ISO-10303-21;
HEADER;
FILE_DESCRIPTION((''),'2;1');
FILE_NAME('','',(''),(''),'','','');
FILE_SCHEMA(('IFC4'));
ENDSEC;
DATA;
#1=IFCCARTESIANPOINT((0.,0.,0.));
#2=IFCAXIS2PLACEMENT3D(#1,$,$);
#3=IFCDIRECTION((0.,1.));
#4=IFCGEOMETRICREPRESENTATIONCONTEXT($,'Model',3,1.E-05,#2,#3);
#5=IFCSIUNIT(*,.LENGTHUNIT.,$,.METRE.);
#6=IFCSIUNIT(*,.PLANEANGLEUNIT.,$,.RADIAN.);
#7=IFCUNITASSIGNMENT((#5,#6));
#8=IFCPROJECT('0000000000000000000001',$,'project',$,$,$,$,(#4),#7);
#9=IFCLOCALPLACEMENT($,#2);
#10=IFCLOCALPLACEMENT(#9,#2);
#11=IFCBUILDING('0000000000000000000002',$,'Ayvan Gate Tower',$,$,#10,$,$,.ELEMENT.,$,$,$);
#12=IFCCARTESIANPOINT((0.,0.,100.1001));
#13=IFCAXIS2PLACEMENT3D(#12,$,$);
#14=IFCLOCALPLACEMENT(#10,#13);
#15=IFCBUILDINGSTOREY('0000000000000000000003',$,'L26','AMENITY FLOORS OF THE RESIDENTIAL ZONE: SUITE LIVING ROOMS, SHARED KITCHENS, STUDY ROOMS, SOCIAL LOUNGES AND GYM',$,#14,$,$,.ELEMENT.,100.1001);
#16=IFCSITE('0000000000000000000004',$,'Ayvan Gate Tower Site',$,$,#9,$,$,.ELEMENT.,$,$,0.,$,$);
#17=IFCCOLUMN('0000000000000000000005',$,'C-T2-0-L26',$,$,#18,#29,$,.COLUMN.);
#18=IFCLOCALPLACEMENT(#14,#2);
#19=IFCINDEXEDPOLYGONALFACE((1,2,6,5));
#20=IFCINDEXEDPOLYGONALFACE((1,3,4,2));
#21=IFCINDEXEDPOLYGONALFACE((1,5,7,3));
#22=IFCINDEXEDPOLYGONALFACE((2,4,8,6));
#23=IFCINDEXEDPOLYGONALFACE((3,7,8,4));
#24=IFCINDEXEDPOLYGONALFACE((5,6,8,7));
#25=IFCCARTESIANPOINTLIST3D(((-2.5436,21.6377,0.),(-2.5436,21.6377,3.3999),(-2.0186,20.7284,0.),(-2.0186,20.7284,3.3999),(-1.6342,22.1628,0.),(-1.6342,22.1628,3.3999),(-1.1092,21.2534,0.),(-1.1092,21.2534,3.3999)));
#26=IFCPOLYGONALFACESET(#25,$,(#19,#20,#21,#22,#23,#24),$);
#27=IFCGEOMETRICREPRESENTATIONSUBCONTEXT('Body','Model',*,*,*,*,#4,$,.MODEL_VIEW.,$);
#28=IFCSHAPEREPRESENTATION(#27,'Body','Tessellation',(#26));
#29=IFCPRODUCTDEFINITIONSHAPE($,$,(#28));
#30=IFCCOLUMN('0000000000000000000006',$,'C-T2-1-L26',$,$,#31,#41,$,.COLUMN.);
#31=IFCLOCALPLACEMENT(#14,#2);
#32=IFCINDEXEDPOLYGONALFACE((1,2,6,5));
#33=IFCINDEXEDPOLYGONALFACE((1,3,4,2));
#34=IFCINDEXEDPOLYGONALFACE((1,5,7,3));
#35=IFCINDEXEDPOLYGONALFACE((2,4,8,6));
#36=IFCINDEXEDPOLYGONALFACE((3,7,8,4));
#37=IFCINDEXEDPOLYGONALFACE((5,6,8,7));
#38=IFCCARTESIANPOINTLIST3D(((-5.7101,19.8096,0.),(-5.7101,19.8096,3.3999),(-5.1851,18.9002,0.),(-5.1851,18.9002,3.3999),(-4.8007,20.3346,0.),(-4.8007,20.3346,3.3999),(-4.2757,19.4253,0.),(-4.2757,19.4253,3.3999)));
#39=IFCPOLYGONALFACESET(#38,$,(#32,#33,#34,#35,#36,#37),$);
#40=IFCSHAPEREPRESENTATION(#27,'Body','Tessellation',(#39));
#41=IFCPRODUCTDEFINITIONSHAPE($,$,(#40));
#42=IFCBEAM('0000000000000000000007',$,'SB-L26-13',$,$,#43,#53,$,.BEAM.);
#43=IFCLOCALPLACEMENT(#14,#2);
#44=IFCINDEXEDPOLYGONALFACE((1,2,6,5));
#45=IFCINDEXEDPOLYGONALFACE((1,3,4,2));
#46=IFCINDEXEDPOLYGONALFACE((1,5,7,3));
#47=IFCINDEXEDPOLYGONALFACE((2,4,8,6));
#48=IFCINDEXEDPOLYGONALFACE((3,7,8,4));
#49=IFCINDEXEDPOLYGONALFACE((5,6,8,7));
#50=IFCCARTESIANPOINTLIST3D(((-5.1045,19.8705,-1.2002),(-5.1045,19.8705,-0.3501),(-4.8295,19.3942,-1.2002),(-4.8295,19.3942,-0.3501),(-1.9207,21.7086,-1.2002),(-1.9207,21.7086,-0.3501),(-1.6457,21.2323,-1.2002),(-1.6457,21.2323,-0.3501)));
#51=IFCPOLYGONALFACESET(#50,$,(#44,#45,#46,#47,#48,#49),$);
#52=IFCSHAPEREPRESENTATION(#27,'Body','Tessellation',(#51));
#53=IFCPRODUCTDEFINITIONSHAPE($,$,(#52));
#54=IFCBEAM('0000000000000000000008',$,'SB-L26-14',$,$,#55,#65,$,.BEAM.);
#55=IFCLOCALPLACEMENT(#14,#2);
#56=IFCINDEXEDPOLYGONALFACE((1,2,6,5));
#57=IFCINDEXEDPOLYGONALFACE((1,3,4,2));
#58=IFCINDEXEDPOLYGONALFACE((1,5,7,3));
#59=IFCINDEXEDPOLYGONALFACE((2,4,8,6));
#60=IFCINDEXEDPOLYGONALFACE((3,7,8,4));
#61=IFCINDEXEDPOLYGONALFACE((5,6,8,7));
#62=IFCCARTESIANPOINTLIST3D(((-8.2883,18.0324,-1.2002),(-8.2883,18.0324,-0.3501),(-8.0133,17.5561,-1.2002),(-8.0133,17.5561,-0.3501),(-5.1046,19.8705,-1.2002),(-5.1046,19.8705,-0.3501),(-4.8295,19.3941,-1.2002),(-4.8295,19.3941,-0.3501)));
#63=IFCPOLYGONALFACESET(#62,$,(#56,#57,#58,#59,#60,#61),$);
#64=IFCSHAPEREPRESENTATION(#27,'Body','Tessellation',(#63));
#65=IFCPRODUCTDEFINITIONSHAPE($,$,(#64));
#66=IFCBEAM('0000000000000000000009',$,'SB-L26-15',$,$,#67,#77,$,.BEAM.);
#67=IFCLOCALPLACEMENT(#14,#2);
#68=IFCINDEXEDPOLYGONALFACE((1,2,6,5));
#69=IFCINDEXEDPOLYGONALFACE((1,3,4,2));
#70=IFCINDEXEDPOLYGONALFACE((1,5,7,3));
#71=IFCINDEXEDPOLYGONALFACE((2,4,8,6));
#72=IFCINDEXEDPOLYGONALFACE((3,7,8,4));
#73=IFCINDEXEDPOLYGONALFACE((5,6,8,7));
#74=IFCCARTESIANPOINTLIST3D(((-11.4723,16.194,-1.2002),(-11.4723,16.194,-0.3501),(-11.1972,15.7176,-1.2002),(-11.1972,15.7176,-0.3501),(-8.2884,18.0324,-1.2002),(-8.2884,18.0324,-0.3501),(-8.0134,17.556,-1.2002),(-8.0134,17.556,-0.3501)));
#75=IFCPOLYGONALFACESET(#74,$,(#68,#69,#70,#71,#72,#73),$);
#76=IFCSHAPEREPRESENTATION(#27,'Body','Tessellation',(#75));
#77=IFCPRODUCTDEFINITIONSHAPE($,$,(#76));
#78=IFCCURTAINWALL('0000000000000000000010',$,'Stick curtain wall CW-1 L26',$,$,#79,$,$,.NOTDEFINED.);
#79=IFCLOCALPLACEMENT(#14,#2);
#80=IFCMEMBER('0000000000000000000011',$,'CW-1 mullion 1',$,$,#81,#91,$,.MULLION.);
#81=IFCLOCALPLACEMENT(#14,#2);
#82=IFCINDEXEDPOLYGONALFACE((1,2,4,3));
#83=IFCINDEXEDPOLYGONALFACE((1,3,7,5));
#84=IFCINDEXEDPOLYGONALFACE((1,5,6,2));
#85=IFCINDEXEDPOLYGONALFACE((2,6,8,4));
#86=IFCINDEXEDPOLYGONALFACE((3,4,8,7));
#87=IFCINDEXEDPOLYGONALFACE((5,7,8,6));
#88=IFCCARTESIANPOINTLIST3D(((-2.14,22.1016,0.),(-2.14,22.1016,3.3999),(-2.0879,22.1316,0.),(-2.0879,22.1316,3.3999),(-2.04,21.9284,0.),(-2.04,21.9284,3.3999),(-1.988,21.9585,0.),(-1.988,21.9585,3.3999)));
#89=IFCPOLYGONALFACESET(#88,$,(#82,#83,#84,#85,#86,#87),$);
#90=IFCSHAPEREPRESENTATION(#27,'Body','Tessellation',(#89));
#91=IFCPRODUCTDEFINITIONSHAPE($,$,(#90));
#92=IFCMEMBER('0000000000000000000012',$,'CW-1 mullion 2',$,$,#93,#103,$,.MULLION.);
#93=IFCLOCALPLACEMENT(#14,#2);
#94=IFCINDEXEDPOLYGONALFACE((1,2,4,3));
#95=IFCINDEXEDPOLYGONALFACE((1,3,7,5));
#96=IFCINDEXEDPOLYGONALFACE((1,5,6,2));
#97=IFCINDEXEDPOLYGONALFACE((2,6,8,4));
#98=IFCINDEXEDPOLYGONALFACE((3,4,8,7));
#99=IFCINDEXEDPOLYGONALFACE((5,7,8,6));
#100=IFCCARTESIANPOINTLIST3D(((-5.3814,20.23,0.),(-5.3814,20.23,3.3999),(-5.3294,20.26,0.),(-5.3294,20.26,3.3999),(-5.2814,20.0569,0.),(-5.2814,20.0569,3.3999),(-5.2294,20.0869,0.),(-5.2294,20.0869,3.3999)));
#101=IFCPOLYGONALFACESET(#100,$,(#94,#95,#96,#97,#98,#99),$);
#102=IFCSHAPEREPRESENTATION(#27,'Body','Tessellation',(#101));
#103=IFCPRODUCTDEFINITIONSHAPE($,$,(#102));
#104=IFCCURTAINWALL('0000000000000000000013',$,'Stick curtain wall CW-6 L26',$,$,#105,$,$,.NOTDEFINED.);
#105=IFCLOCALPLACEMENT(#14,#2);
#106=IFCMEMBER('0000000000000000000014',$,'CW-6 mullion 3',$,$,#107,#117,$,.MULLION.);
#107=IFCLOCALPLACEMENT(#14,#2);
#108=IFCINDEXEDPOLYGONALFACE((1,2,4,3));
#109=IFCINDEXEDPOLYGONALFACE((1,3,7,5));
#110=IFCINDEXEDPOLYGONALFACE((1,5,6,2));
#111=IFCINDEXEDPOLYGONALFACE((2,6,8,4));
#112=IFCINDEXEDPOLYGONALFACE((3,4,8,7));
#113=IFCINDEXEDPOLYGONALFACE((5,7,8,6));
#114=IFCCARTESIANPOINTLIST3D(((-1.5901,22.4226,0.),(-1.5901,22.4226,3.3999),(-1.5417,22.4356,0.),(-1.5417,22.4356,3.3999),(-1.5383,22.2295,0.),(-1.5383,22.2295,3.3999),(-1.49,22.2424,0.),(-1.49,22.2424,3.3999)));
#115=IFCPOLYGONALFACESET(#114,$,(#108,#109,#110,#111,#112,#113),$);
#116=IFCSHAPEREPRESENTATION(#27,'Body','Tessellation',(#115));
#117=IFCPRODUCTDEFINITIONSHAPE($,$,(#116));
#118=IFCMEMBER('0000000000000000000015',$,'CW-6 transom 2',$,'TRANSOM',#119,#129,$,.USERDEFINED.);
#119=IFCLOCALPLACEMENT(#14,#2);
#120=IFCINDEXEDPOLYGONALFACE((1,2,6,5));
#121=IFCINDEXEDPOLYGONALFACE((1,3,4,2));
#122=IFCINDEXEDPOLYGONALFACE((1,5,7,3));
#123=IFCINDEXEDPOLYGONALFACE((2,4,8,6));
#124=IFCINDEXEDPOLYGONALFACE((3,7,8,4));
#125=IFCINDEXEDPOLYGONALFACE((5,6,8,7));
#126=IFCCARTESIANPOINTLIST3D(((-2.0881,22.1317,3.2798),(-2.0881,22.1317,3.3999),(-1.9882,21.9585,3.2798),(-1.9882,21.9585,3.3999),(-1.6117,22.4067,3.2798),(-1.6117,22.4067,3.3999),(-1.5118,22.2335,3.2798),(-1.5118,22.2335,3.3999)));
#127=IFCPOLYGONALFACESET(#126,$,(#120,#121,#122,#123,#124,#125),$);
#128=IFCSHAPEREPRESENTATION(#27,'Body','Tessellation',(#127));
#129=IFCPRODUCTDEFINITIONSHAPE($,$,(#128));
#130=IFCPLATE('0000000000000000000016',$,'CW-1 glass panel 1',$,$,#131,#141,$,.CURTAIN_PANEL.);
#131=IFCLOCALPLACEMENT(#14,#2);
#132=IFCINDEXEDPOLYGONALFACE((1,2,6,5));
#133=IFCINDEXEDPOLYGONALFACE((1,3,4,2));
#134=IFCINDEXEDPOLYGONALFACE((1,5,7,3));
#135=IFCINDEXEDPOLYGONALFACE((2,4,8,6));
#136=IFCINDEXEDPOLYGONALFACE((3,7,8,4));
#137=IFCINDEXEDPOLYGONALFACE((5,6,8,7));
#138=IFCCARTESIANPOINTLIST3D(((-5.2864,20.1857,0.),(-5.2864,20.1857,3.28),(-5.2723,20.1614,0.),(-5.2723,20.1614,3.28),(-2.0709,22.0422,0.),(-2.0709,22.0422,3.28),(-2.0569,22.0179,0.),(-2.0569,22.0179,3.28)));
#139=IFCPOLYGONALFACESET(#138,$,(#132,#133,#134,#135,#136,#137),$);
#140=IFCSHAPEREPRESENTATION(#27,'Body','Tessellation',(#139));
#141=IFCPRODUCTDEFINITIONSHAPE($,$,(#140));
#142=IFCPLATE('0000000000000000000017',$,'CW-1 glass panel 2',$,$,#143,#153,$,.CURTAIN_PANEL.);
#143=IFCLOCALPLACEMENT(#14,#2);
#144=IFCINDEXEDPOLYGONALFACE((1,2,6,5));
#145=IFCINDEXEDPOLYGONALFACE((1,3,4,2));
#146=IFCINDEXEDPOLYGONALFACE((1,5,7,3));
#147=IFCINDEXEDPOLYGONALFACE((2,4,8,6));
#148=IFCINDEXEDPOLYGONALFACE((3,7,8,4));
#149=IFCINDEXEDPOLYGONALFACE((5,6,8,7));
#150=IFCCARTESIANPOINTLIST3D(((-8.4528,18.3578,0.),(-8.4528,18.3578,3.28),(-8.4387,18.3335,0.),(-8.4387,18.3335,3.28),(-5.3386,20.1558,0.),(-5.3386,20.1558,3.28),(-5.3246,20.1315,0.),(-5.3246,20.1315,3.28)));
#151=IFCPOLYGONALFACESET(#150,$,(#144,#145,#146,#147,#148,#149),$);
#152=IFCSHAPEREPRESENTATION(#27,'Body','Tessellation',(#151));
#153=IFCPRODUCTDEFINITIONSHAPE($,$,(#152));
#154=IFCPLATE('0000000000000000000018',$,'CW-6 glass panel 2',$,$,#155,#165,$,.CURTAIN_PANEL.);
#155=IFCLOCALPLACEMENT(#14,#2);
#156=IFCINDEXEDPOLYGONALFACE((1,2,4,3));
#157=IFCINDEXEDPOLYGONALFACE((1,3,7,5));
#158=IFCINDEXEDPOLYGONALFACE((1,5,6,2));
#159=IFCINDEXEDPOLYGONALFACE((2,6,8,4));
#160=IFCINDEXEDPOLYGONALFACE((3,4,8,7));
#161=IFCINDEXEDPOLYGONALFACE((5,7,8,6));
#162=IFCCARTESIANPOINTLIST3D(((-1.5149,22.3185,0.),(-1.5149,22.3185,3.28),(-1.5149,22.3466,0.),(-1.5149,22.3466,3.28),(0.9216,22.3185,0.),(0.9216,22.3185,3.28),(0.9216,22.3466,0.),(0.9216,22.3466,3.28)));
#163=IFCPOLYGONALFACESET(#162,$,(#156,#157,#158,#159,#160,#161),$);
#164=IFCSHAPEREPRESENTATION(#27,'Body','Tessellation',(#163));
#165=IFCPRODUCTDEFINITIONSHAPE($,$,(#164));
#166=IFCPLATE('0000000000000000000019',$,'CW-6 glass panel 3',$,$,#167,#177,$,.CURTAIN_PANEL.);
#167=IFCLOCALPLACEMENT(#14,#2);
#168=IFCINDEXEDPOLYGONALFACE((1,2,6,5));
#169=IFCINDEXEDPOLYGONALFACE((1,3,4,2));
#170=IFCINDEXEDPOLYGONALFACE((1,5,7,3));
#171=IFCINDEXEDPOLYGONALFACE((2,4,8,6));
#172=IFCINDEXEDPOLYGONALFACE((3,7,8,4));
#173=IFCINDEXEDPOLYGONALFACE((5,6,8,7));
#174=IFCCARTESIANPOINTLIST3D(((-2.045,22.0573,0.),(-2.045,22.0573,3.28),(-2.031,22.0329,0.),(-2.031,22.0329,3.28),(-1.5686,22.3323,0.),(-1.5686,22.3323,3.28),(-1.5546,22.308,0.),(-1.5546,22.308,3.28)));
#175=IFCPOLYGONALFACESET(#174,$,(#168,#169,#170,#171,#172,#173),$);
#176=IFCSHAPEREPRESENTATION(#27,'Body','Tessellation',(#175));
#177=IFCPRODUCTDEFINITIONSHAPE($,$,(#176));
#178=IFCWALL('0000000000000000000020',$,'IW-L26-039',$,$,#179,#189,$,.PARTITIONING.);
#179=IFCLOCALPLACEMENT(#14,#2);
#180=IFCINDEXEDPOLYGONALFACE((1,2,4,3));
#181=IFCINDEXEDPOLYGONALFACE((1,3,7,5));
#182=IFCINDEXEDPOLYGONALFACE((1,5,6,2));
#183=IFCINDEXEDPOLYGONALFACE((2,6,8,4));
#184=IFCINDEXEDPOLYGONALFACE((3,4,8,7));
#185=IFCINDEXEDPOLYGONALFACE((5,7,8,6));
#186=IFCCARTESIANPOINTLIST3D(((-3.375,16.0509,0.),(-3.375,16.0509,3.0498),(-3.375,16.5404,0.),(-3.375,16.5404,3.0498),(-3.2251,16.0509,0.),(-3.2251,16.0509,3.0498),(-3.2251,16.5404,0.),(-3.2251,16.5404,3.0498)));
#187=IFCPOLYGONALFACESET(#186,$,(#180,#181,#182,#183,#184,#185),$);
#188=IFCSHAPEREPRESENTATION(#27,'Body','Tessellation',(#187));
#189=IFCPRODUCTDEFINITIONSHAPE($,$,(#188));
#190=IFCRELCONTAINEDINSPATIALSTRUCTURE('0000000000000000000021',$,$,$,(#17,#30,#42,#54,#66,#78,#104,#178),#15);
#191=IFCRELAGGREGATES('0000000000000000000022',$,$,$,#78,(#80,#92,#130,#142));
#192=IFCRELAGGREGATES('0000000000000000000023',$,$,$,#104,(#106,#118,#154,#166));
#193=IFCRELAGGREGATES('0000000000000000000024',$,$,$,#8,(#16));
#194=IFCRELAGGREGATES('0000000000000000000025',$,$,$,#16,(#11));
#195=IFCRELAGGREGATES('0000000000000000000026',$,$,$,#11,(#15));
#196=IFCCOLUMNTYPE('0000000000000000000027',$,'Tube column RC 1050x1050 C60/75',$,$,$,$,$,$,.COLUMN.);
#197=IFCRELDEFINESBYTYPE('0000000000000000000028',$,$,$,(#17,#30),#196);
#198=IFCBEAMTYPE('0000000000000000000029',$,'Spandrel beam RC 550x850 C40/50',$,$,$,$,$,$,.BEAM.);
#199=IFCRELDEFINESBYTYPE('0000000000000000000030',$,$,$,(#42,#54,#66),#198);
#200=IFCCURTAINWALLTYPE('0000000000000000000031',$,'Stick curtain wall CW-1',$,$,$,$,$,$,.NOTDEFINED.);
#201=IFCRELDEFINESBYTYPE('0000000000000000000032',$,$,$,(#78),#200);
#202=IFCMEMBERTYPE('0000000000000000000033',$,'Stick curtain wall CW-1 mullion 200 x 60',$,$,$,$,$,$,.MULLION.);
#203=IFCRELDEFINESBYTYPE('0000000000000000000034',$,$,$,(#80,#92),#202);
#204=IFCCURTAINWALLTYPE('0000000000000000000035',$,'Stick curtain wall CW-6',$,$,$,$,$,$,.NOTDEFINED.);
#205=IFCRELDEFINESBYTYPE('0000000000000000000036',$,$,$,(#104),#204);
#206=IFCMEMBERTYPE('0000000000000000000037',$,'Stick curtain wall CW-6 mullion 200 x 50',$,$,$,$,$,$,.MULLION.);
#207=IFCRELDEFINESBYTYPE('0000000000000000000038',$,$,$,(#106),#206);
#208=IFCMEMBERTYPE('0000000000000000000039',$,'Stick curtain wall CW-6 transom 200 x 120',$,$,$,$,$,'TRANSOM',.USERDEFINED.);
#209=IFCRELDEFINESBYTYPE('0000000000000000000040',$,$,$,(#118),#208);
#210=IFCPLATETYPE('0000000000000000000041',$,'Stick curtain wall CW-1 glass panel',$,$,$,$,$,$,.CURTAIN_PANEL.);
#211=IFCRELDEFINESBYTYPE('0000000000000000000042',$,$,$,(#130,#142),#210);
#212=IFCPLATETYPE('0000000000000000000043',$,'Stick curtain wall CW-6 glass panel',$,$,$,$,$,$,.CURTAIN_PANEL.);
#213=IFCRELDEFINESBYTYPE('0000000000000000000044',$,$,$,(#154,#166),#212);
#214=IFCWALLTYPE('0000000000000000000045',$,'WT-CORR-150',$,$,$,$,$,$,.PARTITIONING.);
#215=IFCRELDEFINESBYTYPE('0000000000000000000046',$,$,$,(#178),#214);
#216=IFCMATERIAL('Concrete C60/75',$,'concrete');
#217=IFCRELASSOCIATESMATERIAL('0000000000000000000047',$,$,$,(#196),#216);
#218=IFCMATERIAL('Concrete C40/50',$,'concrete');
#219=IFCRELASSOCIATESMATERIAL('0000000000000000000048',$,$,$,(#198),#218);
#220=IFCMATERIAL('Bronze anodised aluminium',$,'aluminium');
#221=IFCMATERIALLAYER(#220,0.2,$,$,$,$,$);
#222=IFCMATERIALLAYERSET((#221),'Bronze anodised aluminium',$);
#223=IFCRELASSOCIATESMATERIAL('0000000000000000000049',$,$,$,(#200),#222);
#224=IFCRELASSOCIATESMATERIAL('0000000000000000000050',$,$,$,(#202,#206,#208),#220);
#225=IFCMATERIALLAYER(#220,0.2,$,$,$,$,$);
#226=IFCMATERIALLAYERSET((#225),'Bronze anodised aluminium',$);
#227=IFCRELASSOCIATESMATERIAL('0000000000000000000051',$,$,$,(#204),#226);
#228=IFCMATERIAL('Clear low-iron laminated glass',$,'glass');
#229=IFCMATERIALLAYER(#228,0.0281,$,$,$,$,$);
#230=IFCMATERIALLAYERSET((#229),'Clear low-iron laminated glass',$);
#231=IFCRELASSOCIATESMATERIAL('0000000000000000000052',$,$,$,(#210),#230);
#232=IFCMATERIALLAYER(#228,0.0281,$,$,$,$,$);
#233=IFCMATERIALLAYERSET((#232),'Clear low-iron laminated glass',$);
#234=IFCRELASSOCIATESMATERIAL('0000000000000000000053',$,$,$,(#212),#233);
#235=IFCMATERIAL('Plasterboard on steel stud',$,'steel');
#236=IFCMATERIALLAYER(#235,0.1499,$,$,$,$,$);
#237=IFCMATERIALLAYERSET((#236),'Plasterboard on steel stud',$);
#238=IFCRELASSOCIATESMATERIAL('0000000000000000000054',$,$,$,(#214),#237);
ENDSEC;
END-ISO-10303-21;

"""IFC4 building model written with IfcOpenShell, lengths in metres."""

from ifc_helpers import new_model, si_unit, direction, frame, frame_2d, origin, origin_2d, place, context, subcontext, project, spatial, rectangle, extrude, material, layer, layer_set, material_profile, profile_set, type_object, element, aggregate, save


model = new_model("IFC4")

# Units and contexts
model_context = context("Model", 3, precision=1e-05, world=origin(), true_north=direction((0.0, 1.0)))
body_context = subcontext(model_context, "Body", "Model", "MODEL_VIEW")
ifc_project = project(units=[si_unit("LENGTHUNIT", "METRE"), si_unit("PLANEANGLEUNIT", "RADIAN")], contexts=[model_context])

# Site, building, storey
site_placement = place(None, origin())
site = spatial("IfcSite", under=ifc_project, at=site_placement, Name="Ayvan Gate Tower Site", CompositionType="ELEMENT", RefElevation=0.0)
building_placement = place(site_placement, origin())
building = spatial("IfcBuilding", under=site, at=building_placement, Name="Ayvan Gate Tower", CompositionType="ELEMENT")
storey_placement = place(building_placement, frame((0.0, 0.0, 100.1001)))
storey = spatial("IfcBuildingStorey", under=building, at=storey_placement, Name="L26", Description="AMENITY FLOORS OF THE RESIDENTIAL ZONE: SUITE LIVING ROOMS, SHARED KITCHENS, STUDY ROOMS, SOCIAL LOUNGES AND GYM", CompositionType="ELEMENT", Elevation=100.1001)

# Columns
ifc_material_1 = material(Name="Concrete C60/75", Category="concrete")
ifc_material_profile_1 = material_profile(ifc_material_1, rectangle(XDim=1.05, YDim=1.05, at=origin_2d()), Name="RC 1050x1050")
ifc_profile_set_1 = profile_set([ifc_material_profile_1], Name="Concrete C60/75")
column_type = type_object("IfcColumnType", Name="Tube column RC 1050x1050 C60/75", PredefinedType="COLUMN", material=ifc_profile_set_1)
for number, where, z_axis, x_axis, name in (
    (1, (-1.8264, 21.4456, 0.0), (0.0, 0.0, 1.0), (-0.5, 0.866025, 0.0), "C-T2-0-L26"),
    (2, (-4.9929, 19.6174, 0.0), (0.0, 0.0, 1.0), (-0.5, 0.866025, 0.0), "C-T2-1-L26"),
):
    element("IfcColumn", number, at=place(storey_placement, frame(where, z_axis=z_axis, x_axis=x_axis)), inside=storey, type_object=column_type, Name=name, PredefinedType="COLUMN", context=body_context, shape_type="SweptSolid", body=[
        extrude(rectangle(XDim=1.05, YDim=1.05, at=origin_2d()), origin(), (0.0, 0.0, 1.0), 3.3999),
    ])

# Beams
ifc_material_2 = material(Name="Concrete C40/50", Category="concrete")
ifc_material_profile_2 = material_profile(ifc_material_2, rectangle(XDim=0.55, YDim=0.8501, at=origin_2d()), Name="RC 550x850")
ifc_profile_set_2 = profile_set([ifc_material_profile_2], Name="Concrete C40/50")
beam_type = type_object("IfcBeamType", Name="Spandrel beam RC 550x850 C40/50", PredefinedType="BEAM", material=ifc_profile_set_2)
for number, where, z_axis, x_axis, name in (
    (3, (-1.7832, 21.4705, -0.7751), (-0.866032, -0.499989, 0.0), (0.499989, -0.866032, 0.0), "SB-L26-13"),
    (4, (-4.967, 19.6323, -0.7751), (-0.866032, -0.499989, 0.0), (0.499989, -0.866032, 0.0), "SB-L26-14"),
):
    element("IfcBeam", number, at=place(storey_placement, frame(where, z_axis=z_axis, x_axis=x_axis)), inside=storey, type_object=beam_type, Name=name, PredefinedType="BEAM", context=body_context, shape_type="SweptSolid", body=[
        extrude(rectangle(XDim=0.55, YDim=0.8501, at=origin_2d()), origin(), (0.0, 0.0, 1.0), 3.6763),
    ])
beam_placement = place(storey_placement, frame((-8.1509, 17.7942, -0.7751), z_axis=(-0.866003, -0.500039, 0.0), x_axis=(0.500039, -0.866003, 0.0)))
element("IfcBeam", 5, at=beam_placement, inside=storey, type_object=beam_type, Name="SB-L26-15", PredefinedType="BEAM", context=body_context, shape_type="SweptSolid", body=[
    extrude(rectangle(XDim=0.55, YDim=0.8501, at=origin_2d()), origin(), (0.0, 0.0, 1.0), 3.6765),
])

# Curtain walls, members
ifc_material_3 = material(Name="Bronze anodised aluminium", Category="aluminium")
ifc_layer_1 = layer(ifc_material_3, 0.2)
ifc_layer_set_1 = layer_set([ifc_layer_1], Name="Bronze anodised aluminium")
curtain_wall_type_1 = type_object("IfcCurtainWallType", Name="Stick curtain wall CW-1", PredefinedType="NOTDEFINED", material=ifc_layer_set_1)
curtain_wall_1_placement = place(storey_placement, origin())
curtain_wall_1 = element("IfcCurtainWall", 6, at=curtain_wall_1_placement, inside=storey, type_object=curtain_wall_type_1, Name="Stick curtain wall CW-1 L26", PredefinedType="NOTDEFINED")
ifc_material_profile_3 = material_profile(ifc_material_3, rectangle(XDim=0.2, YDim=0.0601, at=origin_2d()), Name="Stick curtain wall CW-1 mullion 200 x 60")
ifc_profile_set_3 = profile_set([ifc_material_profile_3], Name="Bronze anodised aluminium")
member_type_1 = type_object("IfcMemberType", Name="Stick curtain wall CW-1 mullion 200 x 60", PredefinedType="MULLION", material=ifc_profile_set_3)
member_1_placement = place(storey_placement, frame((-2.064, 22.03, 0.0), z_axis=(0.0, 0.0, 1.0), x_axis=(-0.5, 0.866025, 0.0)))
member_1 = element("IfcMember", 7, at=member_1_placement, type_object=member_type_1, Name="CW-1 mullion 1", PredefinedType="MULLION", context=body_context, shape_type="SweptSolid", body=[
    extrude(rectangle(XDim=0.2, YDim=0.0601, at=origin_2d()), origin(), (0.0, 0.0, 1.0), 3.3999),
])
member_2_placement = place(storey_placement, frame((-5.3054, 20.1584, 0.0), z_axis=(0.0, 0.0, 1.0), x_axis=(-0.5, 0.866025, 0.0)))
member_2 = element("IfcMember", 8, at=member_2_placement, type_object=member_type_1, Name="CW-1 mullion 2", PredefinedType="MULLION", context=body_context, shape_type="SweptSolid", body=[
    extrude(rectangle(XDim=0.2, YDim=0.0601, at=origin_2d()), origin(), (0.0, 0.0, 1.0), 3.3999),
])
ifc_layer_2 = layer(ifc_material_3, 0.2)
ifc_layer_set_2 = layer_set([ifc_layer_2], Name="Bronze anodised aluminium")
curtain_wall_type_2 = type_object("IfcCurtainWallType", Name="Stick curtain wall CW-6", PredefinedType="NOTDEFINED", material=ifc_layer_set_2)
curtain_wall_2_placement = place(storey_placement, origin())
curtain_wall_2 = element("IfcCurtainWall", 9, at=curtain_wall_2_placement, inside=storey, type_object=curtain_wall_type_2, Name="Stick curtain wall CW-6 L26", PredefinedType="NOTDEFINED")
ifc_material_profile_4 = material_profile(ifc_material_3, rectangle(XDim=0.2, YDim=0.05, at=origin_2d()), Name="Stick curtain wall CW-6 mullion 200 x 50")
ifc_profile_set_4 = profile_set([ifc_material_profile_4], Name="Bronze anodised aluminium")
member_type_2 = type_object("IfcMemberType", Name="Stick curtain wall CW-6 mullion 200 x 50", PredefinedType="MULLION", material=ifc_profile_set_4)
member_3_placement = place(storey_placement, frame((-1.54, 22.3325, 0.0), z_axis=(0.0, 0.0, 1.0), x_axis=(-0.258819, 0.965926, 0.0)))
member_3 = element("IfcMember", 10, at=member_3_placement, type_object=member_type_2, Name="CW-6 mullion 3", PredefinedType="MULLION", context=body_context, shape_type="SweptSolid", body=[
    extrude(rectangle(XDim=0.2, YDim=0.05, at=origin_2d()), origin(), (0.0, 0.0, 1.0), 3.3999),
])
ifc_material_profile_5 = material_profile(ifc_material_3, rectangle(XDim=0.2, YDim=0.1201, at=origin_2d()), Name="Stick curtain wall CW-6 transom 200 x 120")
ifc_profile_set_5 = profile_set([ifc_material_profile_5], Name="Bronze anodised aluminium")
member_type_3 = type_object("IfcMemberType", Name="Stick curtain wall CW-6 transom 200 x 120", ElementType="TRANSOM", PredefinedType="USERDEFINED", material=ifc_profile_set_5)
member_4_placement = place(storey_placement, frame((-1.5618, 22.3201, 3.3398), z_axis=(-0.866104, -0.499863, 0.0), x_axis=(0.499863, -0.866104, 0.0)))
member_4 = element("IfcMember", 11, at=member_4_placement, type_object=member_type_3, Name="CW-6 transom 2", ObjectType="TRANSOM", PredefinedType="USERDEFINED", context=body_context, shape_type="SweptSolid", body=[
    extrude(rectangle(XDim=0.2, YDim=0.1201, at=origin_2d()), origin(), (0.0, 0.0, 1.0), 0.55),
])

# Plates
ifc_material_4 = material(Name="Clear low-iron laminated glass", Category="glass")
ifc_layer_3 = layer(ifc_material_4, 0.0281)
ifc_layer_set_3 = layer_set([ifc_layer_3], Name="Clear low-iron laminated glass")
plate_type_1 = type_object("IfcPlateType", Name="Stick curtain wall CW-1 glass panel", PredefinedType="CURTAIN_PANEL", material=ifc_layer_set_3)
plate_1_placement = place(storey_placement, frame((-3.6716, 21.1018, 0.0), z_axis=(0.0, 0.0, 1.0), x_axis=(-0.866025, -0.5, 0.0)))
plate_1 = element("IfcPlate", 12, at=plate_1_placement, type_object=plate_type_1, Name="CW-1 glass panel 1", PredefinedType="CURTAIN_PANEL", context=body_context, shape_type="SweptSolid", body=[
    extrude(rectangle(XDim=3.7129, YDim=0.0281, at=origin_2d()), origin(), (0.0, 0.0, 1.0), 3.28),
])
plate_2_placement = place(storey_placement, frame((-6.8887, 19.2446, 0.0), z_axis=(0.0, 0.0, 1.0), x_axis=(-0.866025, -0.5, 0.0)))
plate_2 = element("IfcPlate", 13, at=plate_2_placement, type_object=plate_type_1, Name="CW-1 glass panel 2", PredefinedType="CURTAIN_PANEL", context=body_context, shape_type="SweptSolid", body=[
    extrude(rectangle(XDim=3.5959, YDim=0.0281, at=origin_2d()), origin(), (0.0, 0.0, 1.0), 3.28),
])
aggregate(curtain_wall_1, [member_1, member_2, plate_1, plate_2])
ifc_layer_4 = layer(ifc_material_4, 0.0281)
ifc_layer_set_4 = layer_set([ifc_layer_4], Name="Clear low-iron laminated glass")
plate_type_2 = type_object("IfcPlateType", Name="Stick curtain wall CW-6 glass panel", PredefinedType="CURTAIN_PANEL", material=ifc_layer_set_4)
plate_3_placement = place(storey_placement, frame((-0.2966, 22.3325, 0.0), z_axis=(0.0, 0.0, 1.0), x_axis=(-1.0, 0.0, 0.0)))
plate_3 = element("IfcPlate", 14, at=plate_3_placement, type_object=plate_type_2, Name="CW-6 glass panel 2", PredefinedType="CURTAIN_PANEL", context=body_context, shape_type="SweptSolid", body=[
    extrude(rectangle(XDim=2.4365, YDim=0.0281, at=origin_2d()), origin(), (0.0, 0.0, 1.0), 3.28),
])
plate_4_placement = place(storey_placement, frame((-1.7998, 22.1826, 0.0), z_axis=(0.0, 0.0, 1.0), x_axis=(-0.866025, -0.5, 0.0)))
plate_4 = element("IfcPlate", 15, at=plate_4_placement, type_object=plate_type_2, Name="CW-6 glass panel 3", PredefinedType="CURTAIN_PANEL", context=body_context, shape_type="SweptSolid", body=[
    extrude(rectangle(XDim=0.55, YDim=0.0281, at=origin_2d()), origin(), (0.0, 0.0, 1.0), 3.28),
])
aggregate(curtain_wall_2, [member_3, member_4, plate_3, plate_4])

# Wall
ifc_material_5 = material(Name="Plasterboard on steel stud", Category="steel")
ifc_layer_5 = layer(ifc_material_5, 0.1499)
ifc_layer_set_5 = layer_set([ifc_layer_5], Name="Plasterboard on steel stud")
wall_type_1 = type_object("IfcWallType", Name="WT-CORR-150", PredefinedType="PARTITIONING", material=ifc_layer_set_5)
wall_1_placement = place(storey_placement, frame((-3.3, 16.051, 0.0), z_axis=(0.0, 0.0, 1.0), x_axis=(0.0, 1.0, 0.0)))
element("IfcWall", 16, at=wall_1_placement, inside=storey, type_object=wall_type_1, Name="IW-L26-039", PredefinedType="PARTITIONING", context=body_context, shape_type="SweptSolid", body=[
    extrude(rectangle(XDim=0.4895, YDim=0.1499, at=frame_2d((0.2446, 0.0))), origin(), (0.0, 0.0, 1.0), 3.0498),
])

save(model, "model.ifc")
